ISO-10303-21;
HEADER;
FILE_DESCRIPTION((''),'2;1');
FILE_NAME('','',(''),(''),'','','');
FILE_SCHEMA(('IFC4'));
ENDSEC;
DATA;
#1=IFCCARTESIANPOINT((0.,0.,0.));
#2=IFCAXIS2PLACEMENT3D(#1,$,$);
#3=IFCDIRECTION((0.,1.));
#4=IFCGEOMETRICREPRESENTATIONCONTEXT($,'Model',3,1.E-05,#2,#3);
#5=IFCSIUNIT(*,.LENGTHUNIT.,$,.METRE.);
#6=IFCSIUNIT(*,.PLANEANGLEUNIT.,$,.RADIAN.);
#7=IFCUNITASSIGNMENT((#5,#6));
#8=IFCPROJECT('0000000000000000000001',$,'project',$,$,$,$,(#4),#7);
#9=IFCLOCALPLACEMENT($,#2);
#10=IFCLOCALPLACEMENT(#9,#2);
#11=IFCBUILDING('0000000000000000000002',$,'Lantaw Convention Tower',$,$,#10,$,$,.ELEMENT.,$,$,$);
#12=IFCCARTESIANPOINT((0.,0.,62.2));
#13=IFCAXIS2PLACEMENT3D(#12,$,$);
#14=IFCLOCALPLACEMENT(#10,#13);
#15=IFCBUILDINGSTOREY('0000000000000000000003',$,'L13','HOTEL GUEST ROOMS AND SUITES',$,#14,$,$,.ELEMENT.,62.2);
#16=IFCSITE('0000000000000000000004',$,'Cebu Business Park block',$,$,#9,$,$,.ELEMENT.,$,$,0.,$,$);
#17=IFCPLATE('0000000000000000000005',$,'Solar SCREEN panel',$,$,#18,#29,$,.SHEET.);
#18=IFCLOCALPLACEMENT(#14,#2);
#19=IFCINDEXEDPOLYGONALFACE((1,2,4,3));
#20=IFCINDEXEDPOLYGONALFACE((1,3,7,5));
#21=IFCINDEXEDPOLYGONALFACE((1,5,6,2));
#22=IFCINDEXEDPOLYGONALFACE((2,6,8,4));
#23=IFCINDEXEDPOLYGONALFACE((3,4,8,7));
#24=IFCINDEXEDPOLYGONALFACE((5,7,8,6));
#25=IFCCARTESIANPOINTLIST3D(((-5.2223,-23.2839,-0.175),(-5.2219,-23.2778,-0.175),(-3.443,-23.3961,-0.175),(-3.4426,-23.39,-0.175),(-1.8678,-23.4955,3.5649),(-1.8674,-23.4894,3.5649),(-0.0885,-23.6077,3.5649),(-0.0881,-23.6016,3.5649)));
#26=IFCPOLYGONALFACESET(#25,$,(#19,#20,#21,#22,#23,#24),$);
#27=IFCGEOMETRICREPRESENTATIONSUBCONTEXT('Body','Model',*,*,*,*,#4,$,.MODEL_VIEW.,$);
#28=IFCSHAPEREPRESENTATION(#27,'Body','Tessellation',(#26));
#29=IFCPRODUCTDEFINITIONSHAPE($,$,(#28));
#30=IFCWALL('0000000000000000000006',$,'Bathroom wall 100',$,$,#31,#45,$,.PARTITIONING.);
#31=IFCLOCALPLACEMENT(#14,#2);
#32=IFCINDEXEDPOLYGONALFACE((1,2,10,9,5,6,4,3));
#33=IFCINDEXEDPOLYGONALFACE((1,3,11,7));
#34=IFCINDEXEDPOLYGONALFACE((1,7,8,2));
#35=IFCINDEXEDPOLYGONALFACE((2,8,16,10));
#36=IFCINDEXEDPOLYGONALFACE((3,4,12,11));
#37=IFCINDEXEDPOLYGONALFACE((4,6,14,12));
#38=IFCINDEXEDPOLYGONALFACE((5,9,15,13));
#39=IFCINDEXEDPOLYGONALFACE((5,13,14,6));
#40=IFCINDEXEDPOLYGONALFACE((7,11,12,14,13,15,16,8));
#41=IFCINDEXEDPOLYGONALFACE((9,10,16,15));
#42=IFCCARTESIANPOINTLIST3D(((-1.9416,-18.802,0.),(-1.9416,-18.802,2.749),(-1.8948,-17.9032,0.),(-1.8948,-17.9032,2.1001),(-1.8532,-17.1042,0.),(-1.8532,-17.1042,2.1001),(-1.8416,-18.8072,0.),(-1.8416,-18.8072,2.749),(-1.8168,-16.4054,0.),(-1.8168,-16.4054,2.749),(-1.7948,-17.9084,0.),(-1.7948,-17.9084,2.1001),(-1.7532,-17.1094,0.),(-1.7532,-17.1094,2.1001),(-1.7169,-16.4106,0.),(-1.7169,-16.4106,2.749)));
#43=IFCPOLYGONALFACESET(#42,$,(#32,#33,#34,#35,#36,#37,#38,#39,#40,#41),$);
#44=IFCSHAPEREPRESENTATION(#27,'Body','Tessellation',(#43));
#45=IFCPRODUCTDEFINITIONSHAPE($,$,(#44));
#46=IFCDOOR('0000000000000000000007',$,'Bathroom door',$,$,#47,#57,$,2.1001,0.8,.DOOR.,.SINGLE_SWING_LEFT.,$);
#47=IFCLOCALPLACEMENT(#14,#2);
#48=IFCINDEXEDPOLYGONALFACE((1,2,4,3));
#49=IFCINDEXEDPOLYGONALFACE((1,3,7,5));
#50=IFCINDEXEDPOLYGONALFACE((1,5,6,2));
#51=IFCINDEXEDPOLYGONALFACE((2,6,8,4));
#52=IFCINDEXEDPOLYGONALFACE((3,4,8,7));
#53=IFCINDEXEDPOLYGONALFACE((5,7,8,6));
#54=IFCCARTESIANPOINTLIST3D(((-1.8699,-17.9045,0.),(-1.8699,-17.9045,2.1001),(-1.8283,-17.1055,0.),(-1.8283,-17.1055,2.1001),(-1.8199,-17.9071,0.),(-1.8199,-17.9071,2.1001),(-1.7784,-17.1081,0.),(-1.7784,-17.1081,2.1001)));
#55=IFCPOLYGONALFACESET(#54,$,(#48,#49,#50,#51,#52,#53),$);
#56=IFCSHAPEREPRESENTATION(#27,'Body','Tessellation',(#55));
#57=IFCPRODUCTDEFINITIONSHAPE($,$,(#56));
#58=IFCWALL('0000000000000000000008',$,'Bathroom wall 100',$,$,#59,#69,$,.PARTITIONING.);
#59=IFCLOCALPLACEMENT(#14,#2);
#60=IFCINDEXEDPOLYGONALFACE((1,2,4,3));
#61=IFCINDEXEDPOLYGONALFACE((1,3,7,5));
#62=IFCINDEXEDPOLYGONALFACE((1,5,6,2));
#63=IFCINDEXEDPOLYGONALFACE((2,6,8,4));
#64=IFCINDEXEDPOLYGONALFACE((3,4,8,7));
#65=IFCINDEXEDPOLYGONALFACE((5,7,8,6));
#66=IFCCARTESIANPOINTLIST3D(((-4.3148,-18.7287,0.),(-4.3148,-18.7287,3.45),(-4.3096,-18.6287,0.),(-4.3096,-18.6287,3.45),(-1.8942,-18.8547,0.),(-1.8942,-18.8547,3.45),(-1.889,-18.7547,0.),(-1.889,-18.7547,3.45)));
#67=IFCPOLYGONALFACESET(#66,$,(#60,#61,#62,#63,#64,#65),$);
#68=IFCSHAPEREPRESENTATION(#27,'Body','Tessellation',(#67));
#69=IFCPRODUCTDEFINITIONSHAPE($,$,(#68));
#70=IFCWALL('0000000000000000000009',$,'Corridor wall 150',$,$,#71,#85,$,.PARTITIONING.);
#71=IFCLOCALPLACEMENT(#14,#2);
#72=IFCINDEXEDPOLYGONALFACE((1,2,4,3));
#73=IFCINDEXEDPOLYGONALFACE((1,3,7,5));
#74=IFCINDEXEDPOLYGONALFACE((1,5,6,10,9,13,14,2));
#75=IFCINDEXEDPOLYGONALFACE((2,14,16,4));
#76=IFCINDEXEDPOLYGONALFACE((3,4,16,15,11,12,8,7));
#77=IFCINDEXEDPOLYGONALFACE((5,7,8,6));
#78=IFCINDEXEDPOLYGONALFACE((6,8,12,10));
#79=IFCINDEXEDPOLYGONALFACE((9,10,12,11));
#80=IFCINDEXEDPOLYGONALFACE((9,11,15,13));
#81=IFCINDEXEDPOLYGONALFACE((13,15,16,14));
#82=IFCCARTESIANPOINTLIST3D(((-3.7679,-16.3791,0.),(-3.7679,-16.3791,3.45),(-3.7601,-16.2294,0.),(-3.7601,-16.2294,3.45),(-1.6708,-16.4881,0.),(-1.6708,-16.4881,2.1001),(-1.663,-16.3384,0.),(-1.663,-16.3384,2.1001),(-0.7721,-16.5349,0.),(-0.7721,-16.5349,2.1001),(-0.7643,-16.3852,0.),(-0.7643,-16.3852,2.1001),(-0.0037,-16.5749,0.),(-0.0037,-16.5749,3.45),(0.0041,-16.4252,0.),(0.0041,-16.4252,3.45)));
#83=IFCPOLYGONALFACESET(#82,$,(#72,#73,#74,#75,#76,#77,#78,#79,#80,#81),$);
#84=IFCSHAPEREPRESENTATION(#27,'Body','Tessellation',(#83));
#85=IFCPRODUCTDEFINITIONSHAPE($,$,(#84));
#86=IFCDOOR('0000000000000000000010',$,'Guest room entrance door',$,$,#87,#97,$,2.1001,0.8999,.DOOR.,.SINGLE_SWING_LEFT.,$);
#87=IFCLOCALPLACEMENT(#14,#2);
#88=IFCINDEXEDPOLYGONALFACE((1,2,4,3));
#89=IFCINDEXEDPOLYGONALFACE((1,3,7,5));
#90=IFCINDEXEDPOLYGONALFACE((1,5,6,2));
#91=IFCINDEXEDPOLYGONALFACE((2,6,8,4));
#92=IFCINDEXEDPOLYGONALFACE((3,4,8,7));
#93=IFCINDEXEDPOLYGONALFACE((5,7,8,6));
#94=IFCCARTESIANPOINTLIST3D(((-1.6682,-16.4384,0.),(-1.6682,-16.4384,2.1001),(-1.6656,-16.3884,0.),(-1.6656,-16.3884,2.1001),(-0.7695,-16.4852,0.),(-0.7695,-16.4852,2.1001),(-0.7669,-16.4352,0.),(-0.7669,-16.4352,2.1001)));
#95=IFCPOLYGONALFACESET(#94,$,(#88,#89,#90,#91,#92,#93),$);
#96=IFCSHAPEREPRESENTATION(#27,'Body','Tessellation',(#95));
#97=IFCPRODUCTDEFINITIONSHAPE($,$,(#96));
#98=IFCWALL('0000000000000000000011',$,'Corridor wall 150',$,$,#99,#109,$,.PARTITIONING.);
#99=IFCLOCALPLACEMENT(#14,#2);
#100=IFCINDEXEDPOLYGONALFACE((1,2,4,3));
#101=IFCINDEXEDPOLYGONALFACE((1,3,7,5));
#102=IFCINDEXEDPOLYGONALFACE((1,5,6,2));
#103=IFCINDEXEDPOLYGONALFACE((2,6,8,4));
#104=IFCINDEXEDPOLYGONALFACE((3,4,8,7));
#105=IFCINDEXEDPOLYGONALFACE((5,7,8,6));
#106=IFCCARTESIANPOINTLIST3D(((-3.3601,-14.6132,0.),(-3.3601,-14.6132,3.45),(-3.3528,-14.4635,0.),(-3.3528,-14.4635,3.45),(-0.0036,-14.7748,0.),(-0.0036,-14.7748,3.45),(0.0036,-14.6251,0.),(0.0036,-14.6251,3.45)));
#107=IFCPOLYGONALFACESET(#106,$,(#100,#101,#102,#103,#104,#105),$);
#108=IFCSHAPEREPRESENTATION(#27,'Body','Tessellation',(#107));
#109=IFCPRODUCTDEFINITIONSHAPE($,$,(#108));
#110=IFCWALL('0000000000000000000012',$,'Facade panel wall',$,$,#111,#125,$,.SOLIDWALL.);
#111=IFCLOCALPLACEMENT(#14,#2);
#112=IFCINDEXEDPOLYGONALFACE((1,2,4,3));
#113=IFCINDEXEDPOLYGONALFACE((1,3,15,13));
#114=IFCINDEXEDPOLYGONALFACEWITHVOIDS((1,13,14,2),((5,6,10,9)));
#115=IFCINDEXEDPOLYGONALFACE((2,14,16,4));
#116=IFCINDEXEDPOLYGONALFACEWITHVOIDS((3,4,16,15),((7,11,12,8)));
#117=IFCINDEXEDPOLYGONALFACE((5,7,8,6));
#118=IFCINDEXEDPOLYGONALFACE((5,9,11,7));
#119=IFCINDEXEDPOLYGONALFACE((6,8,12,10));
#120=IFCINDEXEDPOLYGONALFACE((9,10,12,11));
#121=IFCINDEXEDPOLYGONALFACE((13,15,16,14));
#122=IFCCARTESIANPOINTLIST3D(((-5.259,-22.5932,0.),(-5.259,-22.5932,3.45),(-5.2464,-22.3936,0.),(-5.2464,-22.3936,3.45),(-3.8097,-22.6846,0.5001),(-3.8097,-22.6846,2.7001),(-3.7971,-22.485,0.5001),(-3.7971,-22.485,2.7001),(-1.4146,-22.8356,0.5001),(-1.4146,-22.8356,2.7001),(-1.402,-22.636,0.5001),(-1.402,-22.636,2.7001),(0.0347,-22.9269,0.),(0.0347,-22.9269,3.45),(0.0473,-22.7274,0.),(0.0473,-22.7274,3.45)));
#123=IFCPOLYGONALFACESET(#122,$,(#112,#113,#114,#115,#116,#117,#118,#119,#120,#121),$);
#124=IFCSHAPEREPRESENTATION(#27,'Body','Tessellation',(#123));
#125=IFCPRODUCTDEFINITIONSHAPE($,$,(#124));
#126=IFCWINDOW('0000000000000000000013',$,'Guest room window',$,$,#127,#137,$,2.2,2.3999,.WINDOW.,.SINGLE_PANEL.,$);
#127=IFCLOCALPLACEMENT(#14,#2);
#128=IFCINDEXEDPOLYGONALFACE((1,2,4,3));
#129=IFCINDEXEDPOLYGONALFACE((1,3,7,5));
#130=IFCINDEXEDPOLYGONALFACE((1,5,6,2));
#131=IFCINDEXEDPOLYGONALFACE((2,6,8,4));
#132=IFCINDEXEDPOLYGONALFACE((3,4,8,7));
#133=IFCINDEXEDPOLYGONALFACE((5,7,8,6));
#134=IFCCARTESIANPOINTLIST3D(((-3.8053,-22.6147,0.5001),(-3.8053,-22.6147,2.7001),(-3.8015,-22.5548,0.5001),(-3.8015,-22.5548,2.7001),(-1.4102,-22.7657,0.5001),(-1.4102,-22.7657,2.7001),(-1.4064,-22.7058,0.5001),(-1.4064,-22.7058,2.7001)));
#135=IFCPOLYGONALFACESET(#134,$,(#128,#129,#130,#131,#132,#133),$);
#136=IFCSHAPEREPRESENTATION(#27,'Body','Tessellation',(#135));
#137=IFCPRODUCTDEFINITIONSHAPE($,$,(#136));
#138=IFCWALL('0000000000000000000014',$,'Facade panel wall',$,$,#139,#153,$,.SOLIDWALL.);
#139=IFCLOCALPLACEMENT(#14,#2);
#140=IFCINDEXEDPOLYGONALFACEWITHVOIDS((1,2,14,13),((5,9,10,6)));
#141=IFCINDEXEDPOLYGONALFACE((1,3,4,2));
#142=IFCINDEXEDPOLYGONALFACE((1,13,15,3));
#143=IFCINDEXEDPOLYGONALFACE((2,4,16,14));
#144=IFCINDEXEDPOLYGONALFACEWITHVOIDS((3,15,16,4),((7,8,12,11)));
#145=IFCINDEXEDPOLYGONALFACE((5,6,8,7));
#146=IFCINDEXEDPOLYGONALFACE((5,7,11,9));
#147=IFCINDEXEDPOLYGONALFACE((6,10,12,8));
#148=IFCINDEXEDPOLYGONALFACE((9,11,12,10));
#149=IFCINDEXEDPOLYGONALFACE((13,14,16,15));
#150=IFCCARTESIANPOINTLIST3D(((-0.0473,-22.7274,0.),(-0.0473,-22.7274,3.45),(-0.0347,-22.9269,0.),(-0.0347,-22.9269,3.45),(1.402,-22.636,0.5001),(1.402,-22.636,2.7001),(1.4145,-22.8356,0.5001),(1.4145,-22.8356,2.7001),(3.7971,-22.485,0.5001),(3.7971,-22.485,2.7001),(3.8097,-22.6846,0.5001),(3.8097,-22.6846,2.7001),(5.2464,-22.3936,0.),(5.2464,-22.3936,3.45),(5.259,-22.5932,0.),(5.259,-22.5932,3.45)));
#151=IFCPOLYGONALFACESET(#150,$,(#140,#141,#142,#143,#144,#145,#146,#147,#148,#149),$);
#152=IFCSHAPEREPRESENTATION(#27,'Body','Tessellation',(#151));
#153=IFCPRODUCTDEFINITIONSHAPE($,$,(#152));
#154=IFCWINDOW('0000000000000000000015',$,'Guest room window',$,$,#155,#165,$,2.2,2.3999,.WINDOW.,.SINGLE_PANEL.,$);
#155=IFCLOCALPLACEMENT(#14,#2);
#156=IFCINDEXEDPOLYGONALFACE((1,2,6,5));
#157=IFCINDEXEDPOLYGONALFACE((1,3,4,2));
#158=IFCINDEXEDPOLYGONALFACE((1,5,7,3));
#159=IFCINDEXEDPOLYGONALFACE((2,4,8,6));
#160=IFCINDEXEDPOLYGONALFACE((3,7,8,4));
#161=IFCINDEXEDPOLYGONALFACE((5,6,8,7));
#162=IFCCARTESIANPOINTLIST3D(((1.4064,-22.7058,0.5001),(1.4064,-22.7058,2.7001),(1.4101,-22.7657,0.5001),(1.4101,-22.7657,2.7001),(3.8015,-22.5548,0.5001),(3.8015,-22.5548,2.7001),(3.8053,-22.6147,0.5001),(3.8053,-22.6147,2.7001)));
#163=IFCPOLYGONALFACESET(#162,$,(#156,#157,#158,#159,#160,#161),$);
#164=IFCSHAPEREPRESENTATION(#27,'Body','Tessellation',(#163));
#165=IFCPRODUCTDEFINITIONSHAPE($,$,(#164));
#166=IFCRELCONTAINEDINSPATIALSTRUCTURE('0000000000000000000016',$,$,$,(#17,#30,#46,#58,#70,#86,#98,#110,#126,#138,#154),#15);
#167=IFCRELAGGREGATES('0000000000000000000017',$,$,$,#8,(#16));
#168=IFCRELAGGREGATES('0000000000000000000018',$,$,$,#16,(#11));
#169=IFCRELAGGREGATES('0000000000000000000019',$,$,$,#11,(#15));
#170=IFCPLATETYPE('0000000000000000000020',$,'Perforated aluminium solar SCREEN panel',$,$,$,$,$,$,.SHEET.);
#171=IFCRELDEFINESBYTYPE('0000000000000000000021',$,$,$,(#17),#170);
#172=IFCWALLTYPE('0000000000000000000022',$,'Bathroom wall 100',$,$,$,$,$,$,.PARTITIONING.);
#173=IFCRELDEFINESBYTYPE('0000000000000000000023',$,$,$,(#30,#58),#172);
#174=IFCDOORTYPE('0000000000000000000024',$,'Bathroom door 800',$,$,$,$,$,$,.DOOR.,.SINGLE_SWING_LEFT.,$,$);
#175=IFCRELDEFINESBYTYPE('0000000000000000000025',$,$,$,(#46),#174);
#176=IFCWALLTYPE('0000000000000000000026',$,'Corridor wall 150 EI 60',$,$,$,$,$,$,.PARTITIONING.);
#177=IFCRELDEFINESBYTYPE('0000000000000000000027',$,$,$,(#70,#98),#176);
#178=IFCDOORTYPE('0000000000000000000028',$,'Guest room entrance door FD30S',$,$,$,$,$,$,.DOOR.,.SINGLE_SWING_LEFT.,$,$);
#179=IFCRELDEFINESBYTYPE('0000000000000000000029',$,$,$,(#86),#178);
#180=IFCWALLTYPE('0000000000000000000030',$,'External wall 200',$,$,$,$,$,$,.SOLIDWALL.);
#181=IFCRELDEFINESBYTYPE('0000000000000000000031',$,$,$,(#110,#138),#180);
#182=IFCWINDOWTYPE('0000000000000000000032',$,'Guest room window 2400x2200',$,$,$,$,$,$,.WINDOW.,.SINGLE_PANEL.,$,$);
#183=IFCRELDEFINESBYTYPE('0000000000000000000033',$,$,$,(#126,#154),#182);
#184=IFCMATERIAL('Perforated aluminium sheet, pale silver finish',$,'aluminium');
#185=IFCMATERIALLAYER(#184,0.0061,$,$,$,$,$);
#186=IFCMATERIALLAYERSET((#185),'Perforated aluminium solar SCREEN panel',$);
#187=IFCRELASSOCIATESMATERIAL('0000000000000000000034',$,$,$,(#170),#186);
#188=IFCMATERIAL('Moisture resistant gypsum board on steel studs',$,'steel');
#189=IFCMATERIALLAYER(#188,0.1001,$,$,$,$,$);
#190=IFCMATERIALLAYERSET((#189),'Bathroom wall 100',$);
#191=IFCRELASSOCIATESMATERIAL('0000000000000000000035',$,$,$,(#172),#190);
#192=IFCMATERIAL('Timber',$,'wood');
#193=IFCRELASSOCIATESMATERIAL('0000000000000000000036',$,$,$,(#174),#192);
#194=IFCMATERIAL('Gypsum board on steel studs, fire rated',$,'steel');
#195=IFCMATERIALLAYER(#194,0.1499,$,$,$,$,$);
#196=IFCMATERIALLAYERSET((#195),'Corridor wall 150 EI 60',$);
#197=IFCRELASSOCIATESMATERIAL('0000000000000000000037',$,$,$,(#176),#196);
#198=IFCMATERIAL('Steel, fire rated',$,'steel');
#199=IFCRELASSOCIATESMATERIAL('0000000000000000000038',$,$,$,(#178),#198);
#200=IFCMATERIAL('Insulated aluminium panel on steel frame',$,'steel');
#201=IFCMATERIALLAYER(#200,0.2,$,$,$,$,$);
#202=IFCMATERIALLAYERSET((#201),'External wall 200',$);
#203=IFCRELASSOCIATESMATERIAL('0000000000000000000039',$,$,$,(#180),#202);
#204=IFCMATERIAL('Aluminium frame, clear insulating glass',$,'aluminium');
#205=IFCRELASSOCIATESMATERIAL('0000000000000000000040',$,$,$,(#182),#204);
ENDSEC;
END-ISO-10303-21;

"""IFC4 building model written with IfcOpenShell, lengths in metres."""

from ifc_helpers import new_model, si_unit, direction, frame, frame_2d, origin, place, context, subcontext, project, spatial, polyline, rectangle, outline, extrude, material, layer, layer_set, type_object, element, fill, save


model = new_model("IFC4")

# Units and contexts
model_context = context("Model", 3, precision=1e-05, world=origin(), true_north=direction((0.0, 1.0)))
body_context = subcontext(model_context, "Body", "Model", "MODEL_VIEW")
ifc_project = project(units=[si_unit("LENGTHUNIT", "METRE"), si_unit("PLANEANGLEUNIT", "RADIAN")], contexts=[model_context])

# Site, building, storey
site_placement = place(None, origin())
site = spatial("IfcSite", under=ifc_project, at=site_placement, Name="Cebu Business Park block", CompositionType="ELEMENT", RefElevation=0.0)
building_placement = place(site_placement, origin())
building = spatial("IfcBuilding", under=site, at=building_placement, Name="Lantaw Convention Tower", CompositionType="ELEMENT")
storey_placement = place(building_placement, frame((0.0, 0.0, 62.2)))
storey = spatial("IfcBuildingStorey", under=building, at=storey_placement, Name="L13", Description="HOTEL GUEST ROOMS AND SUITES", CompositionType="ELEMENT", Elevation=62.2)

# Plate
ifc_material_1 = material(Name="Perforated aluminium sheet, pale silver finish", Category="aluminium")
ifc_layer_1 = layer(ifc_material_1, 0.0061)
ifc_layer_set_1 = layer_set([ifc_layer_1], Name="Perforated aluminium solar SCREEN panel")
plate_type = type_object("IfcPlateType", Name="Perforated aluminium solar SCREEN panel", PredefinedType="SHEET", material=ifc_layer_set_1)
plate_placement = place(storey_placement, frame((-5.2219, -23.2778, -0.175), z_axis=(0.062924, 0.998018, 0.000014), x_axis=(0.998018, -0.062924, 0.0)))
element("IfcPlate", 1, at=plate_placement, inside=storey, type_object=plate_type, Name="Solar SCREEN panel", PredefinedType="SHEET", context=body_context, shape_type="SweptSolid", body=[
    extrude(outline(polyline([(0.0, 0.0), (1.7828, 0.0), (5.144, -3.74), (3.3612, -3.74), (0.0, 0.0)])), origin(), (0.0, 0.0, -1.0), 0.0061),
])

# Wall, opening, door
ifc_material_2 = material(Name="Moisture resistant gypsum board on steel studs", Category="steel")
ifc_layer_2 = layer(ifc_material_2, 0.1001)
ifc_layer_set_2 = layer_set([ifc_layer_2], Name="Bathroom wall 100")
wall_type_1 = type_object("IfcWallType", Name="Bathroom wall 100", PredefinedType="PARTITIONING", material=ifc_layer_set_2)
wall_1_placement = place(storey_placement, frame((-1.7668, -16.408, 0.0), z_axis=(0.0, 0.0, 1.0), x_axis=(-0.051982, -0.998648, 0.0)))
wall_1 = element("IfcWall", 2, at=wall_1_placement, inside=storey, type_object=wall_type_1, Name="Bathroom wall 100", PredefinedType="PARTITIONING", context=body_context, shape_type="SweptSolid", body=[
    extrude(rectangle(XDim=2.3999, YDim=0.1001, at=frame_2d((1.2, 0.0))), origin(), (0.0, 0.0, 1.0), 2.749),
])
opening_1_placement = place(wall_1_placement, frame((0.7, 0.0, 0.0)))
opening_1 = element("IfcOpeningElement", 3, at=opening_1_placement, cuts=wall_1, PredefinedType="OPENING", context=body_context, shape_type="SweptSolid", body=[
    extrude(rectangle(XDim=0.8, YDim=2.1001, at=frame_2d((0.3999, 1.05))), frame((0.0, 0.0601, 0.0), z_axis=(0.0, -1.0, 0.0), x_axis=(1.0, 0.0, 0.0)), (0.0, 0.0, 1.0), 0.1201),
])
ifc_material_3 = material(Name="Timber", Category="wood")
door_type_1 = type_object("IfcDoorType", Name="Bathroom door 800", OperationType="SINGLE_SWING_LEFT", PredefinedType="DOOR", material=ifc_material_3)
door_1_placement = place(opening_1_placement, origin())
door_1 = element("IfcDoor", 4, at=door_1_placement, inside=storey, type_object=door_type_1, Name="Bathroom door", OperationType="SINGLE_SWING_LEFT", OverallHeight=2.1001, OverallWidth=0.8, PredefinedType="DOOR", context=body_context, shape_type="SweptSolid", body=[
    extrude(rectangle(XDim=0.8, YDim=2.1001, at=frame_2d((0.3999, 1.05))), frame((0.0, 0.0249, 0.0), z_axis=(0.0, -1.0, 0.0), x_axis=(1.0, 0.0, 0.0)), (0.0, 0.0, 1.0), 0.05),
])
fill(opening_1, door_1)

# Wall
wall_2_placement = place(storey_placement, frame((-1.8916, -18.8047, 0.0), z_axis=(0.0, 0.0, 1.0), x_axis=(-0.998649, 0.051972, 0.0)))
element("IfcWall", 5, at=wall_2_placement, inside=storey, type_object=wall_type_1, Name="Bathroom wall 100", PredefinedType="PARTITIONING", context=body_context, shape_type="SweptSolid", body=[
    extrude(rectangle(XDim=2.4238, YDim=0.1001, at=frame_2d((1.2119, 0.0))), origin(), (0.0, 0.0, 1.0), 3.45),
])

# Wall, opening, door
ifc_material_4 = material(Name="Gypsum board on steel studs, fire rated", Category="steel")
ifc_layer_3 = layer(ifc_material_4, 0.1499)
ifc_layer_set_3 = layer_set([ifc_layer_3], Name="Corridor wall 150 EI 60")
wall_type_2 = type_object("IfcWallType", Name="Corridor wall 150 EI 60", PredefinedType="PARTITIONING", material=ifc_layer_set_3)
wall_3_placement = place(storey_placement, frame((-3.7642, -16.3042, 0.0), z_axis=(0.0, 0.0, 1.0), x_axis=(0.99865, -0.051947, 0.0)))
wall_3 = element("IfcWall", 6, at=wall_3_placement, inside=storey, type_object=wall_type_2, Name="Corridor wall 150", PredefinedType="PARTITIONING", context=body_context, shape_type="SweptSolid", body=[
    extrude(rectangle(XDim=3.7693, YDim=0.1499, at=frame_2d((1.8848, 0.0))), origin(), (0.0, 0.0, 1.0), 3.45),
])
opening_2_placement = place(wall_3_placement, frame((2.1001, 0.0, 0.0)))
opening_2 = element("IfcOpeningElement", 7, at=opening_2_placement, cuts=wall_3, PredefinedType="OPENING", context=body_context, shape_type="SweptSolid", body=[
    extrude(rectangle(XDim=0.8999, YDim=2.1001, at=frame_2d((0.45, 1.05))), frame((0.0, 0.085, 0.0), z_axis=(0.0, -1.0, 0.0), x_axis=(1.0, 0.0, 0.0)), (0.0, 0.0, 1.0), 0.1699),
])
ifc_material_5 = material(Name="Steel, fire rated", Category="steel")
door_type_2 = type_object("IfcDoorType", Name="Guest room entrance door FD30S", OperationType="SINGLE_SWING_LEFT", PredefinedType="DOOR", material=ifc_material_5)
door_2_placement = place(opening_2_placement, origin())
door_2 = element("IfcDoor", 8, at=door_2_placement, inside=storey, type_object=door_type_2, Name="Guest room entrance door", OperationType="SINGLE_SWING_LEFT", OverallHeight=2.1001, OverallWidth=0.8999, PredefinedType="DOOR", context=body_context, shape_type="SweptSolid", body=[
    extrude(rectangle(XDim=0.8999, YDim=2.1001, at=frame_2d((0.45, 1.05))), frame((0.0, 0.0249, 0.0), z_axis=(0.0, -1.0, 0.0), x_axis=(1.0, 0.0, 0.0)), (0.0, 0.0, 1.0), 0.05),
])
fill(opening_2, door_2)

# Wall
wall_4_placement = place(storey_placement, frame((-3.3564, -14.5383, 0.0), z_axis=(0.0, 0.0, 1.0), x_axis=(0.998843, -0.048097, 0.0)))
element("IfcWall", 9, at=wall_4_placement, inside=storey, type_object=wall_type_2, Name="Corridor wall 150", PredefinedType="PARTITIONING", context=body_context, shape_type="SweptSolid", body=[
    extrude(rectangle(XDim=3.3604, YDim=0.1499, at=frame_2d((1.6802, 0.0))), origin(), (0.0, 0.0, 1.0), 3.45),
])

# Walls, openings, windows
ifc_material_6 = material(Name="Insulated aluminium panel on steel frame", Category="steel")
ifc_layer_4 = layer(ifc_material_6, 0.2)
ifc_layer_set_4 = layer_set([ifc_layer_4], Name="External wall 200")
wall_type_3 = type_object("IfcWallType", Name="External wall 200", PredefinedType="SOLIDWALL", material=ifc_layer_set_4)
wall_5_placement = place(storey_placement, frame((-5.2527, -22.4934, 0.0), z_axis=(0.0, 0.0, 1.0), x_axis=(0.998019, -0.06292, 0.0)))
wall_5 = element("IfcWall", 10, at=wall_5_placement, inside=storey, type_object=wall_type_3, Name="Facade panel wall", PredefinedType="SOLIDWALL", context=body_context, shape_type="SweptSolid", body=[
    extrude(rectangle(XDim=5.3042, YDim=0.2, at=frame_2d((2.6521, 0.0))), origin(), (0.0, 0.0, 1.0), 3.45),
])
opening_3_placement = place(wall_5_placement, frame((1.4521, 0.0, 0.5)))
opening_3 = element("IfcOpeningElement", 11, at=opening_3_placement, cuts=wall_5, PredefinedType="OPENING", context=body_context, shape_type="SweptSolid", body=[
    extrude(rectangle(XDim=2.3999, YDim=2.2, at=frame_2d((1.2, 1.1001))), frame((0.0, 0.1099, 0.0), z_axis=(0.0, -1.0, 0.0), x_axis=(1.0, 0.0, 0.0)), (0.0, 0.0, 1.0), 0.22),
])
ifc_material_7 = material(Name="Aluminium frame, clear insulating glass", Category="aluminium")
window_type = type_object("IfcWindowType", Name="Guest room window 2400x2200", PartitioningType="SINGLE_PANEL", PredefinedType="WINDOW", material=ifc_material_7)
window_1_placement = place(opening_3_placement, origin())
window_1 = element("IfcWindow", 12, at=window_1_placement, inside=storey, type_object=window_type, Name="Guest room window", OverallHeight=2.2, OverallWidth=2.3999, PartitioningType="SINGLE_PANEL", PredefinedType="WINDOW", context=body_context, shape_type="SweptSolid", body=[
    extrude(rectangle(XDim=2.3999, YDim=2.2, at=frame_2d((1.2, 1.1001))), frame((0.0, 0.03, 0.0), z_axis=(0.0, -1.0, 0.0), x_axis=(1.0, 0.0, 0.0)), (0.0, 0.0, 1.0), 0.0601),
])
fill(opening_3, window_1)
wall_6_placement = place(storey_placement, frame((-0.041, -22.8271, 0.0), z_axis=(0.0, 0.0, 1.0), x_axis=(0.998019, 0.06292, 0.0)))
wall_6 = element("IfcWall", 13, at=wall_6_placement, inside=storey, type_object=wall_type_3, Name="Facade panel wall", PredefinedType="SOLIDWALL", context=body_context, shape_type="SweptSolid", body=[
    extrude(rectangle(XDim=5.3042, YDim=0.2, at=frame_2d((2.6521, 0.0))), origin(), (0.0, 0.0, 1.0), 3.45),
])
opening_4_placement = place(wall_6_placement, frame((1.4521, 0.0, 0.5)))
opening_4 = element("IfcOpeningElement", 14, at=opening_4_placement, cuts=wall_6, PredefinedType="OPENING", context=body_context, shape_type="SweptSolid", body=[
    extrude(rectangle(XDim=2.3999, YDim=2.2, at=frame_2d((1.2, 1.1001))), frame((0.0, 0.1099, 0.0), z_axis=(0.0, -1.0, 0.0), x_axis=(1.0, 0.0, 0.0)), (0.0, 0.0, 1.0), 0.22),
])
window_2_placement = place(opening_4_placement, origin())
window_2 = element("IfcWindow", 15, at=window_2_placement, inside=storey, type_object=window_type, Name="Guest room window", OverallHeight=2.2, OverallWidth=2.3999, PartitioningType="SINGLE_PANEL", PredefinedType="WINDOW", context=body_context, shape_type="SweptSolid", body=[
    extrude(rectangle(XDim=2.3999, YDim=2.2, at=frame_2d((1.2, 1.1001))), frame((0.0, 0.03, 0.0), z_axis=(0.0, -1.0, 0.0), x_axis=(1.0, 0.0, 0.0)), (0.0, 0.0, 1.0), 0.0601),
])
fill(opening_4, window_2)

save(model, "model.ifc")
